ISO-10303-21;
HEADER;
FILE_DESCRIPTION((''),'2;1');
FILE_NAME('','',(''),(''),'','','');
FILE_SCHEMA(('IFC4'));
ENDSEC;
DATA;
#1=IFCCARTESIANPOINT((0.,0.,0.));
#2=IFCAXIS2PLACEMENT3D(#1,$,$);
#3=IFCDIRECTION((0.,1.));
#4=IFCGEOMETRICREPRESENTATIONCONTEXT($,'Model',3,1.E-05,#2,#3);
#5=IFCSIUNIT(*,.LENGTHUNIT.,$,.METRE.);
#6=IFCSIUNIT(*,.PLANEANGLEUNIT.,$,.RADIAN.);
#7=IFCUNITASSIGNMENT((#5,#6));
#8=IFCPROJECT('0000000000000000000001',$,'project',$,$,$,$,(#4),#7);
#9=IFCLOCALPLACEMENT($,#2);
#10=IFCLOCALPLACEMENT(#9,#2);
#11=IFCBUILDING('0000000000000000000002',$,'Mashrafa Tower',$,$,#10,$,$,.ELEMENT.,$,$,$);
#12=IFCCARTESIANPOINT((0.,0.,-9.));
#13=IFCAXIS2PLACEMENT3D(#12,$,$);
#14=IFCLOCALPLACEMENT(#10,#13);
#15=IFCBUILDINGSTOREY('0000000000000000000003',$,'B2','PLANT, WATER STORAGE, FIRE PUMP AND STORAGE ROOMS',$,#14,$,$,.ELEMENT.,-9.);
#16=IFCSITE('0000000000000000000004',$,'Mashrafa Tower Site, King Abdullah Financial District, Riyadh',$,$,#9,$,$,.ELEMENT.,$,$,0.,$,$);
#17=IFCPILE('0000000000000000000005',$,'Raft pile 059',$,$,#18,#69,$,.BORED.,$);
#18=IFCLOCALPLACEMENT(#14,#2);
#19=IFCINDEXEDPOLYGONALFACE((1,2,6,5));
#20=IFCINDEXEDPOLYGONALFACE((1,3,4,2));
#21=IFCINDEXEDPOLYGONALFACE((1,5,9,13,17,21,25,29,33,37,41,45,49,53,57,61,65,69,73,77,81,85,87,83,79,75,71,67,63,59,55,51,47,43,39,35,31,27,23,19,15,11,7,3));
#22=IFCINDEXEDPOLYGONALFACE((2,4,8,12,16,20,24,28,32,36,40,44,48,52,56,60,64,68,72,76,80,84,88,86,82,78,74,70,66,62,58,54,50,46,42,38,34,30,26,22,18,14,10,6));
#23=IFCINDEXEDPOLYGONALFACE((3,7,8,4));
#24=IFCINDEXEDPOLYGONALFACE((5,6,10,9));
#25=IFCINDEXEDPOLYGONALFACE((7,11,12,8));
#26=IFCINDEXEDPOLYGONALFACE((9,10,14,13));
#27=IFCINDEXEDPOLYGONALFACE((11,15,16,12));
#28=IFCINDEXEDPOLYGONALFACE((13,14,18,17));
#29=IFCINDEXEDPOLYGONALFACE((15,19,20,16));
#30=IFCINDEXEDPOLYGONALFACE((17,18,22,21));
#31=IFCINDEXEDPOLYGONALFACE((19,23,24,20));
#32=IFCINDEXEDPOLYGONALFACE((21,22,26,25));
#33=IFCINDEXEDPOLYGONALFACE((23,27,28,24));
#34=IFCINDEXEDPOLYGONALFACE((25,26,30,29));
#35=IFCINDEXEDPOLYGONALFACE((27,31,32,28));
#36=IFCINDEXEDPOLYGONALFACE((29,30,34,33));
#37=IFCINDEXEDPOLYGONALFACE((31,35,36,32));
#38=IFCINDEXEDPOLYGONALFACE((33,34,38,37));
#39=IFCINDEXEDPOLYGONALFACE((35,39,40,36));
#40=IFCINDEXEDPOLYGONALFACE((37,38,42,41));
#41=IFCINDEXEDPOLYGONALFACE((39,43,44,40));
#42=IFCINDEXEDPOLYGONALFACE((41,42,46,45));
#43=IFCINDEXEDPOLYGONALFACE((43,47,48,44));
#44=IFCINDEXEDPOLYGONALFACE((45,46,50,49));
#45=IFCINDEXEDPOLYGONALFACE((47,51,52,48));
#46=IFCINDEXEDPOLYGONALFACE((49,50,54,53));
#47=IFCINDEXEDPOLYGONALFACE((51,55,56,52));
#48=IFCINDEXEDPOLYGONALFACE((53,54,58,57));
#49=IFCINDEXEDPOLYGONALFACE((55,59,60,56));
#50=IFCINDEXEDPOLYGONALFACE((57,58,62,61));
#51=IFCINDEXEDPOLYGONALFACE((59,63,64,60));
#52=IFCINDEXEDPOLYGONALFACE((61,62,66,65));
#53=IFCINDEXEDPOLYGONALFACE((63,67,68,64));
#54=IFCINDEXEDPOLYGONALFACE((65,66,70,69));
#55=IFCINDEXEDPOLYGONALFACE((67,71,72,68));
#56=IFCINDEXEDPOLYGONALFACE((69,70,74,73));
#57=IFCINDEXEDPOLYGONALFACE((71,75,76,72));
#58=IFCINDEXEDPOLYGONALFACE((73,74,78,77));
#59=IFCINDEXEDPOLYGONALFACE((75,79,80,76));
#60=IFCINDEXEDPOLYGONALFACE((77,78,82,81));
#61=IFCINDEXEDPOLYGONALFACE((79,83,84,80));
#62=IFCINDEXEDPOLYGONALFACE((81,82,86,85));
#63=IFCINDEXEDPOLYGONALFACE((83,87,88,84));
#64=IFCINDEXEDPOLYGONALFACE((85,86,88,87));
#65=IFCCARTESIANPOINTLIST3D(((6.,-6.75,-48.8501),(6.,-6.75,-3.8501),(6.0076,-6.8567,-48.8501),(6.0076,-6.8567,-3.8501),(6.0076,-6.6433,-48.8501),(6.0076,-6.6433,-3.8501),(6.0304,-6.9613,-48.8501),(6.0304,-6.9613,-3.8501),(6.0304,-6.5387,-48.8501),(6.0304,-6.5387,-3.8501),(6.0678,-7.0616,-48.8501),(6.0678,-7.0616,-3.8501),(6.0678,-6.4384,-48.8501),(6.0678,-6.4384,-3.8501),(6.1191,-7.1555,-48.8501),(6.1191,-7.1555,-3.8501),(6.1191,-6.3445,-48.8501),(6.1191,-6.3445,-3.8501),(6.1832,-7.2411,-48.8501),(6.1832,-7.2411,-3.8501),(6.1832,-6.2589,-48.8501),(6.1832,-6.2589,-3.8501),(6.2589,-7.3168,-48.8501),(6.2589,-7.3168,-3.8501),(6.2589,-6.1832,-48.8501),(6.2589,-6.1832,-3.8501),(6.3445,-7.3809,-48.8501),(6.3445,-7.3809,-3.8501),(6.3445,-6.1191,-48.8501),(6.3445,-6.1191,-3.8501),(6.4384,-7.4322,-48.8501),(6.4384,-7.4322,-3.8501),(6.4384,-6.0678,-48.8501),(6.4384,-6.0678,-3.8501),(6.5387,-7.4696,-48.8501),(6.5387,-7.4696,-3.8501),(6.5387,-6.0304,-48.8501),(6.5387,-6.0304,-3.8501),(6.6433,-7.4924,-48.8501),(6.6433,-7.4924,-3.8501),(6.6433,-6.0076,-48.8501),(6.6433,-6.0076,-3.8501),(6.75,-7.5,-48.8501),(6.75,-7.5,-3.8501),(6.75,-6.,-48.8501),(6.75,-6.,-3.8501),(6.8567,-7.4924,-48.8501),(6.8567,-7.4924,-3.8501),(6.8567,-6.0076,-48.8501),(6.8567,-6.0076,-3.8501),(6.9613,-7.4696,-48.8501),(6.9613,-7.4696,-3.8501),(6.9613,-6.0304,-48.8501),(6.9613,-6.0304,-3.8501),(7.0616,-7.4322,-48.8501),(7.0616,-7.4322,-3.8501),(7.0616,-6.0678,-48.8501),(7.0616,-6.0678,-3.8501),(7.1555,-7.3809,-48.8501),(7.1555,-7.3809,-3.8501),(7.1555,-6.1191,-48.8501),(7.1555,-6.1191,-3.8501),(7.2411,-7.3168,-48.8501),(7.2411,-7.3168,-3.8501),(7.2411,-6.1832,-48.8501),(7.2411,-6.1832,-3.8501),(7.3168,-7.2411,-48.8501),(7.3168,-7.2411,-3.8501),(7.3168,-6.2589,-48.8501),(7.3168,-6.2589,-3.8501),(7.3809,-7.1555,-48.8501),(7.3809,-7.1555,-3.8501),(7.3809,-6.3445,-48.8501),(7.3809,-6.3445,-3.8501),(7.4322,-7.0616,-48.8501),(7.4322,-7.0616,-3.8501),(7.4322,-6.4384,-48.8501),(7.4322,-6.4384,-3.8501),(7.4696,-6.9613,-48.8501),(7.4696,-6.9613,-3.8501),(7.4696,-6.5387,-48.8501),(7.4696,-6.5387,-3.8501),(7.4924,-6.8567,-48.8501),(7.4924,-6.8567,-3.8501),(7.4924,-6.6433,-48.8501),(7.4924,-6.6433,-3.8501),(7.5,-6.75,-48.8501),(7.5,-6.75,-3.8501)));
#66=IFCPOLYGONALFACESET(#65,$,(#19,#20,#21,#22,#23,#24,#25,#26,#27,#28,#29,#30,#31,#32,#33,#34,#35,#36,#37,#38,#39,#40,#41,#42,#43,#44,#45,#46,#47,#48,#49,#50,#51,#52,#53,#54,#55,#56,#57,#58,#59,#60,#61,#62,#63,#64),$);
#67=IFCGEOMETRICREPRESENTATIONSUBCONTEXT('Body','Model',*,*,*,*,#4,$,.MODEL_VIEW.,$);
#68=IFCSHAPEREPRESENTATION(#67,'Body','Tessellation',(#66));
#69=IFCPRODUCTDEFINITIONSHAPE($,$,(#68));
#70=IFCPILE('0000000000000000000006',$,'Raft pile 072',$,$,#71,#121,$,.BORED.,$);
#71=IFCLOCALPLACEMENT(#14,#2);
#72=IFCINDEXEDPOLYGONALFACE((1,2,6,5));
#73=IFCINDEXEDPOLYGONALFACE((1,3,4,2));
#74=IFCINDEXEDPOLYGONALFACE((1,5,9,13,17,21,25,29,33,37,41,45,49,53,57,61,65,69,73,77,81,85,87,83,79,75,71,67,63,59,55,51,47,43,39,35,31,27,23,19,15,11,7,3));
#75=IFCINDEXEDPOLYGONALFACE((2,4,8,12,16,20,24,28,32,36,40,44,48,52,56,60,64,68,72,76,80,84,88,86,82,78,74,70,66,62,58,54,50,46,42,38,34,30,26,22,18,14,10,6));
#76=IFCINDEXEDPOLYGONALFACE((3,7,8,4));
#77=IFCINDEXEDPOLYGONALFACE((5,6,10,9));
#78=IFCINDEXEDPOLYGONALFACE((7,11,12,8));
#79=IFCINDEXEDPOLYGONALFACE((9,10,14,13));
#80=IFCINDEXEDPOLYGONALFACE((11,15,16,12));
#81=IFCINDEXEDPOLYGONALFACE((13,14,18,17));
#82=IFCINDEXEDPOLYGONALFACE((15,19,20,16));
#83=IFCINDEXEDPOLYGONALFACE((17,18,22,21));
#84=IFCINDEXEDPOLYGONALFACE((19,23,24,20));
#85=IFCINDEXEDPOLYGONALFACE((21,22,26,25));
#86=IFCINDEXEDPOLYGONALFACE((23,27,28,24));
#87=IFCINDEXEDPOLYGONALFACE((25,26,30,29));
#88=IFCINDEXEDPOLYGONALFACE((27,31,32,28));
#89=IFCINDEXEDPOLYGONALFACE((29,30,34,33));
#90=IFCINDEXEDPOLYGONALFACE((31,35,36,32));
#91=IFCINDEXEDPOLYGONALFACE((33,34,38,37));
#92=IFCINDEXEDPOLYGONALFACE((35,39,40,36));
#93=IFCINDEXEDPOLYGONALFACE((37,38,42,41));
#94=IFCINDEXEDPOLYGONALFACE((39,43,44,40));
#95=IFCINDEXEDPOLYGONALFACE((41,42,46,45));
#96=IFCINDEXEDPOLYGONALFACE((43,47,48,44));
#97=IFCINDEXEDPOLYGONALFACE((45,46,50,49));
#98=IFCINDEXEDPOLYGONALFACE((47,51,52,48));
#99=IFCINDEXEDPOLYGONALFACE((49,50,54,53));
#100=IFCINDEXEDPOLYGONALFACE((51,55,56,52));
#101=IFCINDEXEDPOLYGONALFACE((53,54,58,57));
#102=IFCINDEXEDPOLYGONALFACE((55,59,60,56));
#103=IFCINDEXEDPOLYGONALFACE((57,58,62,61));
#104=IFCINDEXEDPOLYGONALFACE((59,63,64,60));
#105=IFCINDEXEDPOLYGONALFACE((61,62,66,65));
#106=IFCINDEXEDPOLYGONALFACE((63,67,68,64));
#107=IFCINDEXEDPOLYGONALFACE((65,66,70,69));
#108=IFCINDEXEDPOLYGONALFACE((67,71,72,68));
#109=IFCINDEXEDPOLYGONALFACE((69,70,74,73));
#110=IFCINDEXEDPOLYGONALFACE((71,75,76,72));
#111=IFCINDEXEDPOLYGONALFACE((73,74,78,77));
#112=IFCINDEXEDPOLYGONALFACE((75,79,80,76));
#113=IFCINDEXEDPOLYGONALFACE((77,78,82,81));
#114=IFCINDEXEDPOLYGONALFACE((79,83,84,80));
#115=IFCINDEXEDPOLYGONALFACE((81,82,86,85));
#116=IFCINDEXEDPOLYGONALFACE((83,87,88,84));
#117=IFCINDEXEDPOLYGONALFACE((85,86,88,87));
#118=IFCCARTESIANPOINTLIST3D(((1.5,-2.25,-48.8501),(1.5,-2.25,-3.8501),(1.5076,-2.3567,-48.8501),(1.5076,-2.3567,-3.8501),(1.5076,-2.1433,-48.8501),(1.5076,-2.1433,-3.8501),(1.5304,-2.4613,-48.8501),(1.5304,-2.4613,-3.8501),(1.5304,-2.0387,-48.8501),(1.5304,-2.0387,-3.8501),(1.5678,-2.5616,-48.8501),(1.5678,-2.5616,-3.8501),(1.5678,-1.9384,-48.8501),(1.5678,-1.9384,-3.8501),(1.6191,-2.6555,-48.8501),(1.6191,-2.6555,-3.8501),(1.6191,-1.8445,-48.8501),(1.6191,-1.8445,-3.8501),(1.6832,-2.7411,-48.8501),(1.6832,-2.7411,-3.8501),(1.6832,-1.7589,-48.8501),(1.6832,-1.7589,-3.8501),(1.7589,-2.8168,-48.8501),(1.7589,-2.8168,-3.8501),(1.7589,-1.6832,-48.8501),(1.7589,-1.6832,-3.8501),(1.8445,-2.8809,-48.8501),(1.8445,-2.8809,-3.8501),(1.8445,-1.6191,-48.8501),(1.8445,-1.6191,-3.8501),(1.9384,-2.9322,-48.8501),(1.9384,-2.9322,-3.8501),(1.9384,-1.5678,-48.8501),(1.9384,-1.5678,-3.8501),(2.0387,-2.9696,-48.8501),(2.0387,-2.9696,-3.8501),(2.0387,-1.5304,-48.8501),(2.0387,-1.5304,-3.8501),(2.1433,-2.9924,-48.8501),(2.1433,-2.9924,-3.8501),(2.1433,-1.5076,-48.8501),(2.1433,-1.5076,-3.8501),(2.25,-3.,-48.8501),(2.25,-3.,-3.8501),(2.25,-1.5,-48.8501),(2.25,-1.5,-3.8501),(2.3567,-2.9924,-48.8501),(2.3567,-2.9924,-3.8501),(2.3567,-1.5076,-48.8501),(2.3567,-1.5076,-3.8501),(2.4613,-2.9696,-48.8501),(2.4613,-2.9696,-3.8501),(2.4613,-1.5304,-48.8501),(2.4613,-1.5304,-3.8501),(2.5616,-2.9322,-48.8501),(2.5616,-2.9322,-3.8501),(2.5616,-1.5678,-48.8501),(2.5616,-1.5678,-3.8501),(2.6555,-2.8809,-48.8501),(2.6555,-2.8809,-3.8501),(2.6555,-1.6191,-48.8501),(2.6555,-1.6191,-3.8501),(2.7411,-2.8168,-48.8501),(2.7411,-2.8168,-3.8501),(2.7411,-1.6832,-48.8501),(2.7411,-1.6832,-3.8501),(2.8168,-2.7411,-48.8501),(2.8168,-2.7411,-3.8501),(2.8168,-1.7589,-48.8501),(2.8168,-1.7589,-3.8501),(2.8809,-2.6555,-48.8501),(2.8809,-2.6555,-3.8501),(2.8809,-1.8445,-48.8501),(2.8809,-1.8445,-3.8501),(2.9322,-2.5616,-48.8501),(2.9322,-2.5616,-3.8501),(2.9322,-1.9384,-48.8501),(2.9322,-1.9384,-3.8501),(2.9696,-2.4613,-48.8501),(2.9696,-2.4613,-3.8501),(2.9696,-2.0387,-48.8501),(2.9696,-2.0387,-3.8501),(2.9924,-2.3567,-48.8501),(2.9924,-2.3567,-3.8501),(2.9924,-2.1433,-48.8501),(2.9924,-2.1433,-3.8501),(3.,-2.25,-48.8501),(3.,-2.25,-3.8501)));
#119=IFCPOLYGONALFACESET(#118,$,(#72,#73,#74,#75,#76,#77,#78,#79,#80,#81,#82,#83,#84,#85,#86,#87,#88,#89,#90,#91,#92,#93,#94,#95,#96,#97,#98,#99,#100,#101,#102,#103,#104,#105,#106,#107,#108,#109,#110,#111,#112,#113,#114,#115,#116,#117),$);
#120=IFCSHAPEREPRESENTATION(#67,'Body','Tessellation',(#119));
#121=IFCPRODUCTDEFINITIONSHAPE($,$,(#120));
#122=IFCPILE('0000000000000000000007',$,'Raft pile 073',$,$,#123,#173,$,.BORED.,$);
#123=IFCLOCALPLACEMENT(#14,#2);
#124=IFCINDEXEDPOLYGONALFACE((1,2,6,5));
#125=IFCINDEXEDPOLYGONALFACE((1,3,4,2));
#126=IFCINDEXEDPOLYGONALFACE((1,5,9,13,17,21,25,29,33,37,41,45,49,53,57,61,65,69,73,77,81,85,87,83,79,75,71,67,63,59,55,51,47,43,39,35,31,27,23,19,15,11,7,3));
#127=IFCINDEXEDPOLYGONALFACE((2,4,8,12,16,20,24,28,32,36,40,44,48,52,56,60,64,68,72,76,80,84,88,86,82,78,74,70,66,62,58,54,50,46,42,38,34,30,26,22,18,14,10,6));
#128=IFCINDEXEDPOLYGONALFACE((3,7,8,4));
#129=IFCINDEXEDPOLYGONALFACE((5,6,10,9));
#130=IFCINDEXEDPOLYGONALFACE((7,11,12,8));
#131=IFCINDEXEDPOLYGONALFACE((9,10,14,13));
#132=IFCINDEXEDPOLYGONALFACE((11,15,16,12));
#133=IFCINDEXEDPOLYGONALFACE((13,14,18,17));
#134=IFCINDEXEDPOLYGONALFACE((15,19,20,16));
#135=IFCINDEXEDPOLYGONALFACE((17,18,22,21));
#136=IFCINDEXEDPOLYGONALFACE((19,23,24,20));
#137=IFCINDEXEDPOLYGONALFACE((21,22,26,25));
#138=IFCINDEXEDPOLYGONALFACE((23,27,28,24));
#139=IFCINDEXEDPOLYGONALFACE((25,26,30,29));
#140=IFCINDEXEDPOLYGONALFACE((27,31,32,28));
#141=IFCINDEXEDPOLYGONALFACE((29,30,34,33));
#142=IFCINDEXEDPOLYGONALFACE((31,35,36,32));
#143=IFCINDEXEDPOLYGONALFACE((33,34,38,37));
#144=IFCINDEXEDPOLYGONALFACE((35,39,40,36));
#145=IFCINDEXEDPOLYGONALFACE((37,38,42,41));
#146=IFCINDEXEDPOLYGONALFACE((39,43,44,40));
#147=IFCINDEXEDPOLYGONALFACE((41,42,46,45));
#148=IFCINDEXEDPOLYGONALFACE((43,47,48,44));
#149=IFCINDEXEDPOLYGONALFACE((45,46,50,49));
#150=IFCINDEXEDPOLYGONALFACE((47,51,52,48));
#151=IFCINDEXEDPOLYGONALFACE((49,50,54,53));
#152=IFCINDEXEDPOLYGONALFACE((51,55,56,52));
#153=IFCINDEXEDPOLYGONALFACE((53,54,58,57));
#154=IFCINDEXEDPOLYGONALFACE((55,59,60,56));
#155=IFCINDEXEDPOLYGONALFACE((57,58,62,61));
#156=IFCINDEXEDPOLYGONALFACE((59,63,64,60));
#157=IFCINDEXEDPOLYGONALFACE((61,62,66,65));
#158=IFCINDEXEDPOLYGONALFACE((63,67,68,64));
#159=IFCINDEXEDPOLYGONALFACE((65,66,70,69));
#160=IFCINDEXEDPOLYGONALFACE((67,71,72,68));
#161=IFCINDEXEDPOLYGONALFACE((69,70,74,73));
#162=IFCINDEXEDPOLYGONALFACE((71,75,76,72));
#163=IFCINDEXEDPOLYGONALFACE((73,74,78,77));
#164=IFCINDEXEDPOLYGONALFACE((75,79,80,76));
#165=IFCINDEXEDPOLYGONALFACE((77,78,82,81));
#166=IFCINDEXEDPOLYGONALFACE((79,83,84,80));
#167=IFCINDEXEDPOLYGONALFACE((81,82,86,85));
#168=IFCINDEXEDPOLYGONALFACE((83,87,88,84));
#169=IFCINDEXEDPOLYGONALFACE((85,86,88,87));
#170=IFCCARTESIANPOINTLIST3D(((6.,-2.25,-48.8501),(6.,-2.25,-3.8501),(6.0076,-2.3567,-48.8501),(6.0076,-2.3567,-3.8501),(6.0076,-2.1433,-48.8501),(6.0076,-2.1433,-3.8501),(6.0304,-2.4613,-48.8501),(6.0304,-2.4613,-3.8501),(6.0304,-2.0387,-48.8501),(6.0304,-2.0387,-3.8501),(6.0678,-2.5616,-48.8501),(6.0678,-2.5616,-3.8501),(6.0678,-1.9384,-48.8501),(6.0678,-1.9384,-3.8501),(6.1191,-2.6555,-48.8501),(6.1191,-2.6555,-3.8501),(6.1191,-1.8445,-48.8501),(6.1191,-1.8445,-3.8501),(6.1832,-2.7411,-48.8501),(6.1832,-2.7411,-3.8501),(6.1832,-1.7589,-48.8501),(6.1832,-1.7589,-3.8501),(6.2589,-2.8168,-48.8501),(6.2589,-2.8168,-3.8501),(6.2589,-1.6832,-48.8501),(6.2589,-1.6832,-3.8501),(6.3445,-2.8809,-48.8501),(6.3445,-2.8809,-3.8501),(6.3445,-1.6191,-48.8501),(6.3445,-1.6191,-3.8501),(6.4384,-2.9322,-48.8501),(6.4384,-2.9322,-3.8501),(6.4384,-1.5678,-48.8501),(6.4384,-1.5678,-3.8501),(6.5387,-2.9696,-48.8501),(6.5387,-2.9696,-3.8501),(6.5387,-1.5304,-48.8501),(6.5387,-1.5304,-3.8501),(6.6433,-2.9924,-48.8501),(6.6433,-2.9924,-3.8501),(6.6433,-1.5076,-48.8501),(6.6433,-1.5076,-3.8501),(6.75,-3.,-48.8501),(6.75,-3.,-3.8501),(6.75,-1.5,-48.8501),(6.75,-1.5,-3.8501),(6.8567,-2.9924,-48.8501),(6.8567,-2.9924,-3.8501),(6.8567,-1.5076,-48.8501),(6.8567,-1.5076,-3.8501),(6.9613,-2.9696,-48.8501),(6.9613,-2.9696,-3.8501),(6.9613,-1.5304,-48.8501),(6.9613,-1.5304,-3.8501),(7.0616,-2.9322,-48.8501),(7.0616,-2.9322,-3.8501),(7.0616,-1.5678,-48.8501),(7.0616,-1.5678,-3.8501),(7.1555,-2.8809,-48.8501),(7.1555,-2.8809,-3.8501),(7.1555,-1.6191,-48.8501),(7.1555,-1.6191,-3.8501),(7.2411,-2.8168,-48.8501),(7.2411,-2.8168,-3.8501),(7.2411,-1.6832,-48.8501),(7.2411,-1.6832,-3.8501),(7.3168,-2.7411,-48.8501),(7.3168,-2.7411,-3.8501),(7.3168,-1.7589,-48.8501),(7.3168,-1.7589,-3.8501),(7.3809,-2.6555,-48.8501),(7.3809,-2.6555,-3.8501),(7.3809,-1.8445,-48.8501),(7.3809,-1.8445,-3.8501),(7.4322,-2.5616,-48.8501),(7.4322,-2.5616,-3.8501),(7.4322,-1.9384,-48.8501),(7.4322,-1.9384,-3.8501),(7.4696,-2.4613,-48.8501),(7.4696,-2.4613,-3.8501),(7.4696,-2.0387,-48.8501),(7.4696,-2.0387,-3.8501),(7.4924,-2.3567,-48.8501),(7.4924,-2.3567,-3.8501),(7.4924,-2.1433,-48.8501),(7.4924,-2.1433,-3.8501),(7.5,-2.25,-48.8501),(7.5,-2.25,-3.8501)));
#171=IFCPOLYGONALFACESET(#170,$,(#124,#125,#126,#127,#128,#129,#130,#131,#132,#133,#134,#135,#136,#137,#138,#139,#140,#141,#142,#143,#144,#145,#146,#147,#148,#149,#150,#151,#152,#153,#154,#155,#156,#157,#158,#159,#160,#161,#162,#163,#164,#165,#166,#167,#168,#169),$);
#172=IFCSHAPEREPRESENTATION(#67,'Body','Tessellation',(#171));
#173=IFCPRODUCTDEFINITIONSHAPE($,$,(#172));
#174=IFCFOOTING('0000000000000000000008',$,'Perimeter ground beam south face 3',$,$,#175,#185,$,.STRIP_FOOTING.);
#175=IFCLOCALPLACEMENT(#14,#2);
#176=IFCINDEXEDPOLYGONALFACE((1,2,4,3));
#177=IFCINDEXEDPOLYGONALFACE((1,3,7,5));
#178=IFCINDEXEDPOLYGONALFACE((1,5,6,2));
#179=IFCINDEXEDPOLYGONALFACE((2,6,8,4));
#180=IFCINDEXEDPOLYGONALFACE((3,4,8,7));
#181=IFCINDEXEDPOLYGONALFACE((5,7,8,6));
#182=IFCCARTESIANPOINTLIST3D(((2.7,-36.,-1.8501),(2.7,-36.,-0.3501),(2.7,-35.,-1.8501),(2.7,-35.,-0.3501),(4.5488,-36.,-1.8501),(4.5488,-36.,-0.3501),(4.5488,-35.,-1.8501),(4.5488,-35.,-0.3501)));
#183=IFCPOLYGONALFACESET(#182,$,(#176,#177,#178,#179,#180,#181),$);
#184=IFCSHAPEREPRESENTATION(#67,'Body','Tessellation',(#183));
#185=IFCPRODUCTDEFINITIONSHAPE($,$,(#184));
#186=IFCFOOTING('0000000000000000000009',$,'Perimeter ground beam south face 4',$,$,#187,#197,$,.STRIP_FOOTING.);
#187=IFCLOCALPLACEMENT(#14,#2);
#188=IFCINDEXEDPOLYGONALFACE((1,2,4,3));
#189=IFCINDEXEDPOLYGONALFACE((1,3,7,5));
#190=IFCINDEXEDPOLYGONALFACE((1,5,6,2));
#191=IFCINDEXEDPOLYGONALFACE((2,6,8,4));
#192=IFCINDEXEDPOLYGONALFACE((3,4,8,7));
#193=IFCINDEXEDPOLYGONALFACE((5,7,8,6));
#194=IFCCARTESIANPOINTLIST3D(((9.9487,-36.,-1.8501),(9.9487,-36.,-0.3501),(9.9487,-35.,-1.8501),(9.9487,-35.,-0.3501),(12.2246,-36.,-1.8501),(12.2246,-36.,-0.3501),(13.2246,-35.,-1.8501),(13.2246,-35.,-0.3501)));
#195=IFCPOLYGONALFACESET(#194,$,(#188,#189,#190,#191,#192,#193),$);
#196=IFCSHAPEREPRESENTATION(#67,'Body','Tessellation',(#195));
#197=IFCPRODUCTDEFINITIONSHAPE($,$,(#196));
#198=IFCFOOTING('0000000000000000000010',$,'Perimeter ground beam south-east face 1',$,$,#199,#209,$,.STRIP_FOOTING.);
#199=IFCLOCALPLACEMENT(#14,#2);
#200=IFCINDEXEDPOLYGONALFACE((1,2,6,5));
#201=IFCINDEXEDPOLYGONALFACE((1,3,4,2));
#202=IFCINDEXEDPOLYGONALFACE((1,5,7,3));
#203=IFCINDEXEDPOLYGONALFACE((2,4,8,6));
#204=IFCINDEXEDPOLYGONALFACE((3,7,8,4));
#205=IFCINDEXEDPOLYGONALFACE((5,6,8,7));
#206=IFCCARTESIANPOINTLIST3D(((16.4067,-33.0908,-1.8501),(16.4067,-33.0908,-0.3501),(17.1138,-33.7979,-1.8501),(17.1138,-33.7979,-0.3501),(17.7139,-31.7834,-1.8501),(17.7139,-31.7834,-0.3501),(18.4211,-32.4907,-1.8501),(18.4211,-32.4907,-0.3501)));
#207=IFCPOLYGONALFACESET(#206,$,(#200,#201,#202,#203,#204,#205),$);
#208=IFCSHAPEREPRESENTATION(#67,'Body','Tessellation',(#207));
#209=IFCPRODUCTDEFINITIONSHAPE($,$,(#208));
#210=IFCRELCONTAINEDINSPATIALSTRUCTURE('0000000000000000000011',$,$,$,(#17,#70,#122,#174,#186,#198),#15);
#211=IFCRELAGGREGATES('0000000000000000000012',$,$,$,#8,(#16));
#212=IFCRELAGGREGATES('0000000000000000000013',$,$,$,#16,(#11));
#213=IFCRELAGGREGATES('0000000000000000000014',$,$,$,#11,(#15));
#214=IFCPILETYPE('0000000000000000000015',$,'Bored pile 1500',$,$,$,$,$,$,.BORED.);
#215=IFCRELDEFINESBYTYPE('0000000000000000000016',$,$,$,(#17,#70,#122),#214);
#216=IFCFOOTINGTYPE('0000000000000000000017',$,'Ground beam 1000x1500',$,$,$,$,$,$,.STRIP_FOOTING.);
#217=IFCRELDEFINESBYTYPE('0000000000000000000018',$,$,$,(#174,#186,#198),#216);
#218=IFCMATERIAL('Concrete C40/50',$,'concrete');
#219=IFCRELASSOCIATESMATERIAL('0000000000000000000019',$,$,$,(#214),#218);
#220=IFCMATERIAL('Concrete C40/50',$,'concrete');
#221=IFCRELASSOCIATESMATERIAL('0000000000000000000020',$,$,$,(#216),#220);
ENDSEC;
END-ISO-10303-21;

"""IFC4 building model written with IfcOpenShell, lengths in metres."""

from ifc_helpers import new_model, si_unit, direction, frame, origin, origin_2d, place, context, subcontext, project, spatial, polyline, circle, outline, extrude, material, material_profile, profile_set, type_object, element, save


model = new_model("IFC4")

# Units and contexts
model_context = context("Model", 3, precision=1e-05, world=origin(), true_north=direction((0.0, 1.0)))
body_context = subcontext(model_context, "Body", "Model", "MODEL_VIEW")
ifc_project = project(units=[si_unit("LENGTHUNIT", "METRE"), si_unit("PLANEANGLEUNIT", "RADIAN")], contexts=[model_context])

# Site, building, storey
site_placement = place(None, origin())
site = spatial("IfcSite", under=ifc_project, at=site_placement, Name="Mashrafa Tower Site, King Abdullah Financial District, Riyadh", CompositionType="ELEMENT", RefElevation=0.0)
building_placement = place(site_placement, origin())
building = spatial("IfcBuilding", under=site, at=building_placement, Name="Mashrafa Tower", CompositionType="ELEMENT")
storey_placement = place(building_placement, frame((0.0, 0.0, -9.0)))
storey = spatial("IfcBuildingStorey", under=building, at=storey_placement, Name="B2", Description="PLANT, WATER STORAGE, FIRE PUMP AND STORAGE ROOMS", CompositionType="ELEMENT", Elevation=-9.0)

# Piles
ifc_material_1 = material(Name="Concrete C40/50", Category="concrete")
ifc_material_profile = material_profile(ifc_material_1, circle(Radius=0.75, at=origin_2d()), Name="1500 DIA")
ifc_profile_set = profile_set([ifc_material_profile], Name="Concrete C40/50")
pile_type = type_object("IfcPileType", Name="Bored pile 1500", PredefinedType="BORED", material=ifc_profile_set)
for number, where, z_axis, x_axis, name in (
    (1, (6.75, -6.75, -3.8501), (0.0, 0.0, -1.0), (1.0, 0.0, 0.0), "Raft pile 059"),
    (2, (2.25, -2.25, -3.8501), (0.0, 0.0, -1.0), (1.0, 0.0, 0.0), "Raft pile 072"),
    (3, (6.75, -2.25, -3.8501), (0.0, 0.0, -1.0), (1.0, 0.0, 0.0), "Raft pile 073"),
):
    element("IfcPile", number, at=place(storey_placement, frame(where, z_axis=z_axis, x_axis=x_axis)), inside=storey, type_object=pile_type, Name=name, PredefinedType="BORED", context=body_context, shape_type="SweptSolid", body=[
        extrude(circle(Radius=0.75, at=origin_2d()), origin(), (0.0, 0.0, 1.0), 45.0),
    ])

# Footings
ifc_material_2 = material(Name="Concrete C40/50", Category="concrete")
footing_type_1 = type_object("IfcFootingType", Name="Ground beam 1000x1500", PredefinedType="STRIP_FOOTING", material=ifc_material_2)
footing_1_placement = place(storey_placement, frame((0.0, 0.0, -1.8501)))
element("IfcFooting", 4, at=footing_1_placement, inside=storey, type_object=footing_type_1, Name="Perimeter ground beam south face 3", PredefinedType="STRIP_FOOTING", context=body_context, shape_type="SweptSolid", body=[
    extrude(outline(polyline([(4.5488, -35.0), (4.5488, -36.0), (2.7, -36.0), (2.7, -35.0), (4.5488, -35.0)])), origin(), (0.0, 0.0, 1.0), 1.5),
])
footing_2_placement = place(storey_placement, frame((0.0, 0.0, -1.8501)))
element("IfcFooting", 5, at=footing_2_placement, inside=storey, type_object=footing_type_1, Name="Perimeter ground beam south face 4", PredefinedType="STRIP_FOOTING", context=body_context, shape_type="SweptSolid", body=[
    extrude(outline(polyline([(13.2246, -35.0), (12.2246, -36.0), (9.9487, -36.0), (9.9487, -35.0), (13.2246, -35.0)])), origin(), (0.0, 0.0, 1.0), 1.5),
])
footing_3_placement = place(storey_placement, frame((0.0, 0.0, -1.8501)))
element("IfcFooting", 6, at=footing_3_placement, inside=storey, type_object=footing_type_1, Name="Perimeter ground beam south-east face 1", PredefinedType="STRIP_FOOTING", context=body_context, shape_type="SweptSolid", body=[
    extrude(outline(polyline([(17.7139, -31.7834), (18.4211, -32.4907), (17.1138, -33.7979), (16.4067, -33.0908), (17.7139, -31.7834)])), origin(), (0.0, 0.0, 1.0), 1.5),
])

save(model, "model.ifc")
